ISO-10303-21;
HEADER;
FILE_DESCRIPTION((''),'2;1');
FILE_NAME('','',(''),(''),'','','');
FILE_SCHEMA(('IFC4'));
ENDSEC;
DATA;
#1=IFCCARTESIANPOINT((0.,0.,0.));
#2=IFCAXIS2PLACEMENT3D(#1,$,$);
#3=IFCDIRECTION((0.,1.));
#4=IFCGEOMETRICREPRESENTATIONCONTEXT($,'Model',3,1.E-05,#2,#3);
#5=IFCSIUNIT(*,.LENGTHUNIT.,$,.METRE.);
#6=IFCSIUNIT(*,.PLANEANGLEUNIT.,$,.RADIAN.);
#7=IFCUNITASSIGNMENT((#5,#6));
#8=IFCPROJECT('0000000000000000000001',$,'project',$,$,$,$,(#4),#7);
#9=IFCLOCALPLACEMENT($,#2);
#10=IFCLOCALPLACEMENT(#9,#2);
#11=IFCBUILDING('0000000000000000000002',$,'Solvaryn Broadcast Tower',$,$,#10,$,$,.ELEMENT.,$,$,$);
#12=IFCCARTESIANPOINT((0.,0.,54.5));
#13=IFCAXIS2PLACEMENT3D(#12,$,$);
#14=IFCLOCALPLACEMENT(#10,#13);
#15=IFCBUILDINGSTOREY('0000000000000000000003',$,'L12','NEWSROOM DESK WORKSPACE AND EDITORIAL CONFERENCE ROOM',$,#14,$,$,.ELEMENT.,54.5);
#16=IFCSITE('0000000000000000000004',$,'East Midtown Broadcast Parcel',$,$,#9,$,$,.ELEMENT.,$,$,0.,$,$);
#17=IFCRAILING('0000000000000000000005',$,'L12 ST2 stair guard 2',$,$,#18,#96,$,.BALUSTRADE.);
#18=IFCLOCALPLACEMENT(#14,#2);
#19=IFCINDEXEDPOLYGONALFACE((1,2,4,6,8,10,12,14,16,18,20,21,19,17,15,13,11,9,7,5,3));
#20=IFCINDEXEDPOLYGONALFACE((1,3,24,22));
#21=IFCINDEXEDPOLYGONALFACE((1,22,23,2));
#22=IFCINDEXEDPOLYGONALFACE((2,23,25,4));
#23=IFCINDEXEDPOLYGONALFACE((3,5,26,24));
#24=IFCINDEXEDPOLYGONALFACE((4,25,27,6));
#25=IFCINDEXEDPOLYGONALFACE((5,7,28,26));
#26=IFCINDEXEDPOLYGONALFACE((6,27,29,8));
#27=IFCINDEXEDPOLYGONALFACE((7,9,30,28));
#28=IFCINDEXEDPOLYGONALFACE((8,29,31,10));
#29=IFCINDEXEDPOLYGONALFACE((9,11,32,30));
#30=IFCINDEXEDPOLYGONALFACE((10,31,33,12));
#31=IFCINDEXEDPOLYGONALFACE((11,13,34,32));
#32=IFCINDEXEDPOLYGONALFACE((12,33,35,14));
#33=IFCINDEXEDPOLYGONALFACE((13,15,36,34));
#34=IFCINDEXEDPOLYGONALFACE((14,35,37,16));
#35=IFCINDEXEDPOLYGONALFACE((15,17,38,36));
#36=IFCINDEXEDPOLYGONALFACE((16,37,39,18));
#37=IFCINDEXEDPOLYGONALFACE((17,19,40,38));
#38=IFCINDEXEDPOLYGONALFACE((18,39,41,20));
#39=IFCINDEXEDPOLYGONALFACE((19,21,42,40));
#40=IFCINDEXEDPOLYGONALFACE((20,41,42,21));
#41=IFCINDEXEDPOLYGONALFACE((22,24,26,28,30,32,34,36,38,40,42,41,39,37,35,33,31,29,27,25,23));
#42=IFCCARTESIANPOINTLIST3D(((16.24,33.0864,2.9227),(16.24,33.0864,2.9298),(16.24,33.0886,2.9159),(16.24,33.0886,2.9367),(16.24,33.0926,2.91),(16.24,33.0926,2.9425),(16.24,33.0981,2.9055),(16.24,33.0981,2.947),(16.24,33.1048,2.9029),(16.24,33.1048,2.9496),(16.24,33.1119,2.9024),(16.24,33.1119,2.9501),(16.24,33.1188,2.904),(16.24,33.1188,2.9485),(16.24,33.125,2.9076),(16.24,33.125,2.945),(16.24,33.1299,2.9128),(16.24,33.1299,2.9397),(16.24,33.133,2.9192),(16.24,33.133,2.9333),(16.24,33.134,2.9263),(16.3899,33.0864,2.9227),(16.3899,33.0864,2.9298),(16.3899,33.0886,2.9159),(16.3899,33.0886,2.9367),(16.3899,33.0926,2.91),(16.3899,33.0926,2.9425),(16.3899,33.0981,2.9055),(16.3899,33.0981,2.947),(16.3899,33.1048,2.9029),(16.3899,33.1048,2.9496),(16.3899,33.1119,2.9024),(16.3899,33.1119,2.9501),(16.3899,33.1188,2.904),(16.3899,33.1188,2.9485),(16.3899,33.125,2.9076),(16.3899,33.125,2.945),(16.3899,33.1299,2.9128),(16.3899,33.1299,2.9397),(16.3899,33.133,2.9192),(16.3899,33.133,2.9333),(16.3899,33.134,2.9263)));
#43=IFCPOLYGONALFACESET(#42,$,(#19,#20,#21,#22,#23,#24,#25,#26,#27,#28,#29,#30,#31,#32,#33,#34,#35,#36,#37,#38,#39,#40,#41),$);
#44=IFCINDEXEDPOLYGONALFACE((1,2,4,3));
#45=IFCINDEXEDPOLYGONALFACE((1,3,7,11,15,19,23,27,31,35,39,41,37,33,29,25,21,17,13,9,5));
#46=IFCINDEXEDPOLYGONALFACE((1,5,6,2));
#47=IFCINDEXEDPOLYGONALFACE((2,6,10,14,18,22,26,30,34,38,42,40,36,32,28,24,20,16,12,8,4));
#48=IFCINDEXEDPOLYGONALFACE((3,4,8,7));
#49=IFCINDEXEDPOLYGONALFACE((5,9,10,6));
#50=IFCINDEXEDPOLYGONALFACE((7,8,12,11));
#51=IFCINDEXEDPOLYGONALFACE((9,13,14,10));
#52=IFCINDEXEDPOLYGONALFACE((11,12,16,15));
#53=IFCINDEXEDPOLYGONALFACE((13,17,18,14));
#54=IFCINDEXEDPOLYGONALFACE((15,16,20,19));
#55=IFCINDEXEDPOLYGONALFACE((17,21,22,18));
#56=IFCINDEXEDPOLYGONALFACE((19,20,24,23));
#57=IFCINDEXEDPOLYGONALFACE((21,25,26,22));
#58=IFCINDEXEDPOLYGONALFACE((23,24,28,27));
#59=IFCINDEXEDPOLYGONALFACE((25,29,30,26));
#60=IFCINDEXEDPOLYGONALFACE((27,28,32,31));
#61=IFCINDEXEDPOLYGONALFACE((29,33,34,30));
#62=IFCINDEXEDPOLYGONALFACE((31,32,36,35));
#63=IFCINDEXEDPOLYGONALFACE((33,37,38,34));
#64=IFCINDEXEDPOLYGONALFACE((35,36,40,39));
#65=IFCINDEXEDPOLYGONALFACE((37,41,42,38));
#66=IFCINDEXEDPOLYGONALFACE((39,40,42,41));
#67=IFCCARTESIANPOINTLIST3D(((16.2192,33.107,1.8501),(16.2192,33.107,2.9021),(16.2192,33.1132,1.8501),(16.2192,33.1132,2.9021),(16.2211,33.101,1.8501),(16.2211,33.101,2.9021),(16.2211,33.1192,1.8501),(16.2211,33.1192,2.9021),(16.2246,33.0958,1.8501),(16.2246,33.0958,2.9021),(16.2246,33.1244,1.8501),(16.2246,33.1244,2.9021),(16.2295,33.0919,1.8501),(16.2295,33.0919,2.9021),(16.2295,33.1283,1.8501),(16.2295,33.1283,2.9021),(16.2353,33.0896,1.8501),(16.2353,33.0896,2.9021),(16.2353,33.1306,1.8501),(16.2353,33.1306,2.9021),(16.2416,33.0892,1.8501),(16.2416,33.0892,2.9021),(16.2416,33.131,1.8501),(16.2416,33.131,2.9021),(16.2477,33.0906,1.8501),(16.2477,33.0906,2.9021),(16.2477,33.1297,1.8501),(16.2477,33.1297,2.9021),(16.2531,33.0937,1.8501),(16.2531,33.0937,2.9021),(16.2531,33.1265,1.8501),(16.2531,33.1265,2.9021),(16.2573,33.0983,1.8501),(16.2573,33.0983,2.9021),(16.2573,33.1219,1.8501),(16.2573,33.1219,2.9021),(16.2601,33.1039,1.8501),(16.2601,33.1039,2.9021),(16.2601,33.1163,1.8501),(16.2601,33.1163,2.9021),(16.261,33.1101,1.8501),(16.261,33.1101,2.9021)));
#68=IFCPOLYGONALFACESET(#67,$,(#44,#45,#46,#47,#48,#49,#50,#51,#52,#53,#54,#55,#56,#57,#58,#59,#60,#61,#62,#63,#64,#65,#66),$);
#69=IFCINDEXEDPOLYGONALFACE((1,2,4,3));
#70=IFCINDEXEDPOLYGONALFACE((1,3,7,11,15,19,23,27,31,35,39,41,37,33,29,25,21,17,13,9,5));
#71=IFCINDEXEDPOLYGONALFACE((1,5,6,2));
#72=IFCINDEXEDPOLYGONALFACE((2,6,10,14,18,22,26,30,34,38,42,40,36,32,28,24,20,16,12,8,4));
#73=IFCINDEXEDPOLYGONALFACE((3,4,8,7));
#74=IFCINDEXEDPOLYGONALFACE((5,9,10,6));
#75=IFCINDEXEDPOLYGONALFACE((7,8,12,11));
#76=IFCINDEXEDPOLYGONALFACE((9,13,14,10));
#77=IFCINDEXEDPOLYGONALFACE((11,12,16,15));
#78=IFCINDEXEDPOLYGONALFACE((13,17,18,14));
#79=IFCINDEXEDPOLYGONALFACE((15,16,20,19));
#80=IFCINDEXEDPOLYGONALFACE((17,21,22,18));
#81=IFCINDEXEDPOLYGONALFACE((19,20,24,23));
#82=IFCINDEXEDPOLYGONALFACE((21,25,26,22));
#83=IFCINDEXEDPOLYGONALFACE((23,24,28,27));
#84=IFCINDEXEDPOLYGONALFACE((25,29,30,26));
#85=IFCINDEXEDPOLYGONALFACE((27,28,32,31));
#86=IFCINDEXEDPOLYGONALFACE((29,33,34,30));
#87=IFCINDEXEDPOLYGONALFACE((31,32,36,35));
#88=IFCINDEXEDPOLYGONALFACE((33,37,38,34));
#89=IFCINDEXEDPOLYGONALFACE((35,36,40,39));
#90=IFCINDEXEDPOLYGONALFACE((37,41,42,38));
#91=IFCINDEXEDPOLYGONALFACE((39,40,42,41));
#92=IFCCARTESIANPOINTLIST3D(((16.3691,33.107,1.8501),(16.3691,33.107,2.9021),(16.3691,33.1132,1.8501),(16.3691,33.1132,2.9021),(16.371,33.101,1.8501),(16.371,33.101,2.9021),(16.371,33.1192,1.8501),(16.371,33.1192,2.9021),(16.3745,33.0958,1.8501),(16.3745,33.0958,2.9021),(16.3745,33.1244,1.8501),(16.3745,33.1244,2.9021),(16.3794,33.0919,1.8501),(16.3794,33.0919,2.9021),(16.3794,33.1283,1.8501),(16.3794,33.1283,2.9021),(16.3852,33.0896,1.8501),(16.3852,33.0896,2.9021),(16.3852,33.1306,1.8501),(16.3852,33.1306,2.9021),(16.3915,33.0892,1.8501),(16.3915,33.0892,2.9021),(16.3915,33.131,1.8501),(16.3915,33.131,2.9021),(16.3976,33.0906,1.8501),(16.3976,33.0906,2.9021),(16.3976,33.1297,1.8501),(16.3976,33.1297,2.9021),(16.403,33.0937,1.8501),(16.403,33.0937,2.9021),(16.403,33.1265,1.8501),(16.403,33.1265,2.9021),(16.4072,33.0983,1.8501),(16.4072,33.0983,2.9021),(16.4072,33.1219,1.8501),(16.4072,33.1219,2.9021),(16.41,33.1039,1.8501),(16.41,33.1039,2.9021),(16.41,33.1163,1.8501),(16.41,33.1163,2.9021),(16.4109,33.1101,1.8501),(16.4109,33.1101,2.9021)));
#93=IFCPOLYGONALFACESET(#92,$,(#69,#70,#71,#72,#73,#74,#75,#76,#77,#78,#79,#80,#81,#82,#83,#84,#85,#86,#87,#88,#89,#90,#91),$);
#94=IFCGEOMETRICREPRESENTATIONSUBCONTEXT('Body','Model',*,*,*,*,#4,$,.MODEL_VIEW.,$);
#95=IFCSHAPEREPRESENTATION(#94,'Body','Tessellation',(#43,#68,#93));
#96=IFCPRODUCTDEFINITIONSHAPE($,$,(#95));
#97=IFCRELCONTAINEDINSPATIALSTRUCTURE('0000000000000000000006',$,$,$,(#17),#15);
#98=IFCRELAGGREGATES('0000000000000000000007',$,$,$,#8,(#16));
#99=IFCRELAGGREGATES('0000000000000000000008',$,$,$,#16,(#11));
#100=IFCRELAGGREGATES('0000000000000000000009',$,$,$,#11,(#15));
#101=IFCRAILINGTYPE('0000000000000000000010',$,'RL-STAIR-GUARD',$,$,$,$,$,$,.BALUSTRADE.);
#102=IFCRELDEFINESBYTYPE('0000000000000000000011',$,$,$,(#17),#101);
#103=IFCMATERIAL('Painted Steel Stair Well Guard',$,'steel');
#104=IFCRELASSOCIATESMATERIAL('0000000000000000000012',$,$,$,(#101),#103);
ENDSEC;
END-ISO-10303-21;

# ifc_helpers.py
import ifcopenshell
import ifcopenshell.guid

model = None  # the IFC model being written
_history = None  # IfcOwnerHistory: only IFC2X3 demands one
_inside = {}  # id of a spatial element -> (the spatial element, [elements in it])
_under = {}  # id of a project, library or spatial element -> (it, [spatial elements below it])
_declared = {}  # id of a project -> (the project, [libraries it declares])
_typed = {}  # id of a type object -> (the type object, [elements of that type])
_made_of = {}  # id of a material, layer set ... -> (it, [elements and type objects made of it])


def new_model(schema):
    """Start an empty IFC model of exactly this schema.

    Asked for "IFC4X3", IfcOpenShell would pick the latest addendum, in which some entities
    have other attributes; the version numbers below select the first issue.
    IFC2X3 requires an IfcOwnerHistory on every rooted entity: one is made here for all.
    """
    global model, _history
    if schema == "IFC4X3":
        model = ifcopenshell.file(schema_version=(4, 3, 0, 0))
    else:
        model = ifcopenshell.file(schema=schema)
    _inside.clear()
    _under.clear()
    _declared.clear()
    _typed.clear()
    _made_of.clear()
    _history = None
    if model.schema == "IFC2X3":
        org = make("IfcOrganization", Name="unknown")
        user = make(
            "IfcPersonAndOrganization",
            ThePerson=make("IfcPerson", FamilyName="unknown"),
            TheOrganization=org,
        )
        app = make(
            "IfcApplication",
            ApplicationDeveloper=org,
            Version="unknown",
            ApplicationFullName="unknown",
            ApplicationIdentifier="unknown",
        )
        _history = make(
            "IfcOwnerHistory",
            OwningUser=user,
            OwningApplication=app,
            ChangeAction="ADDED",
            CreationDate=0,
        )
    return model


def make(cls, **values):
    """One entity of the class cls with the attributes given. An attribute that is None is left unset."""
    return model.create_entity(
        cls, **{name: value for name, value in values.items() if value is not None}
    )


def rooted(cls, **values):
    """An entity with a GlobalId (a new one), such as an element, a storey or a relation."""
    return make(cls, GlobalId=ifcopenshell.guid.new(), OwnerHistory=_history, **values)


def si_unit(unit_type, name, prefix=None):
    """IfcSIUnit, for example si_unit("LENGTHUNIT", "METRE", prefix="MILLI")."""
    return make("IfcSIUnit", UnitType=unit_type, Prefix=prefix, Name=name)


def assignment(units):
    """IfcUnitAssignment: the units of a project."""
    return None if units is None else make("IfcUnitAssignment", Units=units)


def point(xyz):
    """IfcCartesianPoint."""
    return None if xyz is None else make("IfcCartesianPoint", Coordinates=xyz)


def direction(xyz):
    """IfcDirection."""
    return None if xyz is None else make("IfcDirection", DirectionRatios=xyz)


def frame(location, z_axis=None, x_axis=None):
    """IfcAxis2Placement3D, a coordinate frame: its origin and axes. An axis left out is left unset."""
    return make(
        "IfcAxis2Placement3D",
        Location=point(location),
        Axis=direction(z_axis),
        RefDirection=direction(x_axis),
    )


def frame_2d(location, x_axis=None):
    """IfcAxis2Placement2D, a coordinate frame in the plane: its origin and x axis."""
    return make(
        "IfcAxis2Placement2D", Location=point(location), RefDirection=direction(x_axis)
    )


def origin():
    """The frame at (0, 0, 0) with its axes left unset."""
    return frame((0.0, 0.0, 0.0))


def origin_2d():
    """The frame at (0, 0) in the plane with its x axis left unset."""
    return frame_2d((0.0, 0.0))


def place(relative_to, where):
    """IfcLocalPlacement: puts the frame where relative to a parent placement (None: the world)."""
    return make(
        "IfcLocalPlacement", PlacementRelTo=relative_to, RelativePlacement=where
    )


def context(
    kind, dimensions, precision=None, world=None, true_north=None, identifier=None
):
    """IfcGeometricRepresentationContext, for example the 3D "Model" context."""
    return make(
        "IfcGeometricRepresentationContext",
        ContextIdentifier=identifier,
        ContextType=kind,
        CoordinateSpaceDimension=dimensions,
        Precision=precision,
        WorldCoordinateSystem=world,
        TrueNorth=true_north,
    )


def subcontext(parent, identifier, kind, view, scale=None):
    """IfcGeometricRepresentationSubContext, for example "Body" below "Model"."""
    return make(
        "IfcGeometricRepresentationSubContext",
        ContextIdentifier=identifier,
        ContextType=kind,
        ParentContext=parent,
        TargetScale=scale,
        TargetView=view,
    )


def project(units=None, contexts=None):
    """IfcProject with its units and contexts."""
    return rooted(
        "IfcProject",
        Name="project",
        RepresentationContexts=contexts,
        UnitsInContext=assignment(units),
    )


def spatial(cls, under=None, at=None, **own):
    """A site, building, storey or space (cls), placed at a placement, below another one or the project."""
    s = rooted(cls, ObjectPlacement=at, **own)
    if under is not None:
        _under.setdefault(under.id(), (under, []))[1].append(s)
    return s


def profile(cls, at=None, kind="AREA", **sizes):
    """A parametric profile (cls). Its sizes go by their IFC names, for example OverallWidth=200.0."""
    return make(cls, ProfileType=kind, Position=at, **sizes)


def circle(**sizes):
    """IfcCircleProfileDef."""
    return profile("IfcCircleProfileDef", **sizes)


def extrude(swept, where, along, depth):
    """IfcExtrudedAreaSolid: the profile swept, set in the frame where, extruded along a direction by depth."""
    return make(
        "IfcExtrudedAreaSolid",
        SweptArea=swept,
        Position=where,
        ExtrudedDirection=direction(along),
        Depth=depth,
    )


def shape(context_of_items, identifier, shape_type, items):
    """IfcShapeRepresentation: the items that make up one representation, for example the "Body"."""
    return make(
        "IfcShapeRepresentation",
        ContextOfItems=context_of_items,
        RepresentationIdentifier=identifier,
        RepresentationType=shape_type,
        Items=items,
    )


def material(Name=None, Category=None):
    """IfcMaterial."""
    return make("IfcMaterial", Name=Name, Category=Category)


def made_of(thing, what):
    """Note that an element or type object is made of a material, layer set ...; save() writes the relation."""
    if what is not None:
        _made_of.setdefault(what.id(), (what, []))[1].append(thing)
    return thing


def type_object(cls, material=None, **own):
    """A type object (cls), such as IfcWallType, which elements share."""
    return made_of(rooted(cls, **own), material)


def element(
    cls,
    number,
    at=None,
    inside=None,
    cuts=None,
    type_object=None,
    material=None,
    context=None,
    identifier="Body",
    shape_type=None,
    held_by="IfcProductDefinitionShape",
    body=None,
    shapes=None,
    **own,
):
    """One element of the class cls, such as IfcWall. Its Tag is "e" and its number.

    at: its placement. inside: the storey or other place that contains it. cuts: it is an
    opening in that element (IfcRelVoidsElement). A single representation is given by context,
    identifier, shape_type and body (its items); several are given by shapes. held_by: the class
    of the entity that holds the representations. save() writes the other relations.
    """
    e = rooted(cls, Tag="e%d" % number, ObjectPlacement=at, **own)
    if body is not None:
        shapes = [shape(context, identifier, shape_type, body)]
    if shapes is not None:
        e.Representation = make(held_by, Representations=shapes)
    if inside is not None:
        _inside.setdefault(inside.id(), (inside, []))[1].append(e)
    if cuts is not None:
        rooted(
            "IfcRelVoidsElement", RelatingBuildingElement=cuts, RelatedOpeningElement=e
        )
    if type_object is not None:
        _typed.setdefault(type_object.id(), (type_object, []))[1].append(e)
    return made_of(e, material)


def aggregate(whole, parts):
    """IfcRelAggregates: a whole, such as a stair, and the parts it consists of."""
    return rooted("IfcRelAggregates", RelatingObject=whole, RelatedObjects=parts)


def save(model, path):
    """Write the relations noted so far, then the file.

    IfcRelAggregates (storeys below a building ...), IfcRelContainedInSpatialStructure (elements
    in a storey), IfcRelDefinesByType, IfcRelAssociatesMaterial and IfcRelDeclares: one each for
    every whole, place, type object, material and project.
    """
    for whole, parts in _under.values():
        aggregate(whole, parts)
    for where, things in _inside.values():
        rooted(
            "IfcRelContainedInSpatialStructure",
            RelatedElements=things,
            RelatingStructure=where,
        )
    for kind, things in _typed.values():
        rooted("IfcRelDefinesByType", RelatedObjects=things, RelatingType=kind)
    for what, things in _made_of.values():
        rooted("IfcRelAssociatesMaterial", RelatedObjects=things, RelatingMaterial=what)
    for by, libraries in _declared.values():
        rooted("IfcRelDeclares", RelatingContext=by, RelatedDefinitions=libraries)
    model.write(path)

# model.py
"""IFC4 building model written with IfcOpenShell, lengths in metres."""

from ifc_helpers import new_model, si_unit, direction, frame, origin, origin_2d, place, context, subcontext, project, spatial, circle, extrude, material, type_object, element, save


model = new_model("IFC4")

# Units and contexts
model_context = context("Model", 3, precision=1e-05, world=origin(), true_north=direction((0.0, 1.0)))
body_context = subcontext(model_context, "Body", "Model", "MODEL_VIEW")
ifc_project = project(units=[si_unit("LENGTHUNIT", "METRE"), si_unit("PLANEANGLEUNIT", "RADIAN")], contexts=[model_context])

# Site, building, storey
site_placement = place(None, origin())
site = spatial("IfcSite", under=ifc_project, at=site_placement, Name="East Midtown Broadcast Parcel", CompositionType="ELEMENT", RefElevation=0.0)
building_placement = place(site_placement, origin())
building = spatial("IfcBuilding", under=site, at=building_placement, Name="Solvaryn Broadcast Tower", CompositionType="ELEMENT")
storey_placement = place(building_placement, frame((0.0, 0.0, 54.5)))
storey = spatial("IfcBuildingStorey", under=building, at=storey_placement, Name="L12", Description="NEWSROOM DESK WORKSPACE AND EDITORIAL CONFERENCE ROOM", CompositionType="ELEMENT", Elevation=54.5)

# Railing
ifc_material_1 = material(Name="Painted Steel Stair Well Guard", Category="steel")
railing_type_1 = type_object("IfcRailingType", Name="RL-STAIR-GUARD", PredefinedType="BALUSTRADE", material=ifc_material_1)
railing_1_placement = place(storey_placement, frame((16.24, 33.1101, 1.8501)))
element("IfcRailing", 1, at=railing_1_placement, inside=storey, type_object=railing_type_1, Name="L12 ST2 stair guard 2", PredefinedType="BALUSTRADE", context=body_context, shape_type="SweptSolid", body=[
    extrude(circle(Radius=0.0239, at=origin_2d()), frame((0.0, 0.0, 1.0762), z_axis=(1.0, 0.0, 0.0), x_axis=(0.0, 1.0, 0.0)), (0.0, 0.0, 1.0), 0.1499),
    extrude(circle(Radius=0.021, at=origin_2d()), origin(), (0.0, 0.0, 1.0), 1.052),
    extrude(circle(Radius=0.021, at=origin_2d()), frame((0.1499, 0.0, 0.0)), (0.0, 0.0, 1.0), 1.052),
])

save(model, "model.ifc")
